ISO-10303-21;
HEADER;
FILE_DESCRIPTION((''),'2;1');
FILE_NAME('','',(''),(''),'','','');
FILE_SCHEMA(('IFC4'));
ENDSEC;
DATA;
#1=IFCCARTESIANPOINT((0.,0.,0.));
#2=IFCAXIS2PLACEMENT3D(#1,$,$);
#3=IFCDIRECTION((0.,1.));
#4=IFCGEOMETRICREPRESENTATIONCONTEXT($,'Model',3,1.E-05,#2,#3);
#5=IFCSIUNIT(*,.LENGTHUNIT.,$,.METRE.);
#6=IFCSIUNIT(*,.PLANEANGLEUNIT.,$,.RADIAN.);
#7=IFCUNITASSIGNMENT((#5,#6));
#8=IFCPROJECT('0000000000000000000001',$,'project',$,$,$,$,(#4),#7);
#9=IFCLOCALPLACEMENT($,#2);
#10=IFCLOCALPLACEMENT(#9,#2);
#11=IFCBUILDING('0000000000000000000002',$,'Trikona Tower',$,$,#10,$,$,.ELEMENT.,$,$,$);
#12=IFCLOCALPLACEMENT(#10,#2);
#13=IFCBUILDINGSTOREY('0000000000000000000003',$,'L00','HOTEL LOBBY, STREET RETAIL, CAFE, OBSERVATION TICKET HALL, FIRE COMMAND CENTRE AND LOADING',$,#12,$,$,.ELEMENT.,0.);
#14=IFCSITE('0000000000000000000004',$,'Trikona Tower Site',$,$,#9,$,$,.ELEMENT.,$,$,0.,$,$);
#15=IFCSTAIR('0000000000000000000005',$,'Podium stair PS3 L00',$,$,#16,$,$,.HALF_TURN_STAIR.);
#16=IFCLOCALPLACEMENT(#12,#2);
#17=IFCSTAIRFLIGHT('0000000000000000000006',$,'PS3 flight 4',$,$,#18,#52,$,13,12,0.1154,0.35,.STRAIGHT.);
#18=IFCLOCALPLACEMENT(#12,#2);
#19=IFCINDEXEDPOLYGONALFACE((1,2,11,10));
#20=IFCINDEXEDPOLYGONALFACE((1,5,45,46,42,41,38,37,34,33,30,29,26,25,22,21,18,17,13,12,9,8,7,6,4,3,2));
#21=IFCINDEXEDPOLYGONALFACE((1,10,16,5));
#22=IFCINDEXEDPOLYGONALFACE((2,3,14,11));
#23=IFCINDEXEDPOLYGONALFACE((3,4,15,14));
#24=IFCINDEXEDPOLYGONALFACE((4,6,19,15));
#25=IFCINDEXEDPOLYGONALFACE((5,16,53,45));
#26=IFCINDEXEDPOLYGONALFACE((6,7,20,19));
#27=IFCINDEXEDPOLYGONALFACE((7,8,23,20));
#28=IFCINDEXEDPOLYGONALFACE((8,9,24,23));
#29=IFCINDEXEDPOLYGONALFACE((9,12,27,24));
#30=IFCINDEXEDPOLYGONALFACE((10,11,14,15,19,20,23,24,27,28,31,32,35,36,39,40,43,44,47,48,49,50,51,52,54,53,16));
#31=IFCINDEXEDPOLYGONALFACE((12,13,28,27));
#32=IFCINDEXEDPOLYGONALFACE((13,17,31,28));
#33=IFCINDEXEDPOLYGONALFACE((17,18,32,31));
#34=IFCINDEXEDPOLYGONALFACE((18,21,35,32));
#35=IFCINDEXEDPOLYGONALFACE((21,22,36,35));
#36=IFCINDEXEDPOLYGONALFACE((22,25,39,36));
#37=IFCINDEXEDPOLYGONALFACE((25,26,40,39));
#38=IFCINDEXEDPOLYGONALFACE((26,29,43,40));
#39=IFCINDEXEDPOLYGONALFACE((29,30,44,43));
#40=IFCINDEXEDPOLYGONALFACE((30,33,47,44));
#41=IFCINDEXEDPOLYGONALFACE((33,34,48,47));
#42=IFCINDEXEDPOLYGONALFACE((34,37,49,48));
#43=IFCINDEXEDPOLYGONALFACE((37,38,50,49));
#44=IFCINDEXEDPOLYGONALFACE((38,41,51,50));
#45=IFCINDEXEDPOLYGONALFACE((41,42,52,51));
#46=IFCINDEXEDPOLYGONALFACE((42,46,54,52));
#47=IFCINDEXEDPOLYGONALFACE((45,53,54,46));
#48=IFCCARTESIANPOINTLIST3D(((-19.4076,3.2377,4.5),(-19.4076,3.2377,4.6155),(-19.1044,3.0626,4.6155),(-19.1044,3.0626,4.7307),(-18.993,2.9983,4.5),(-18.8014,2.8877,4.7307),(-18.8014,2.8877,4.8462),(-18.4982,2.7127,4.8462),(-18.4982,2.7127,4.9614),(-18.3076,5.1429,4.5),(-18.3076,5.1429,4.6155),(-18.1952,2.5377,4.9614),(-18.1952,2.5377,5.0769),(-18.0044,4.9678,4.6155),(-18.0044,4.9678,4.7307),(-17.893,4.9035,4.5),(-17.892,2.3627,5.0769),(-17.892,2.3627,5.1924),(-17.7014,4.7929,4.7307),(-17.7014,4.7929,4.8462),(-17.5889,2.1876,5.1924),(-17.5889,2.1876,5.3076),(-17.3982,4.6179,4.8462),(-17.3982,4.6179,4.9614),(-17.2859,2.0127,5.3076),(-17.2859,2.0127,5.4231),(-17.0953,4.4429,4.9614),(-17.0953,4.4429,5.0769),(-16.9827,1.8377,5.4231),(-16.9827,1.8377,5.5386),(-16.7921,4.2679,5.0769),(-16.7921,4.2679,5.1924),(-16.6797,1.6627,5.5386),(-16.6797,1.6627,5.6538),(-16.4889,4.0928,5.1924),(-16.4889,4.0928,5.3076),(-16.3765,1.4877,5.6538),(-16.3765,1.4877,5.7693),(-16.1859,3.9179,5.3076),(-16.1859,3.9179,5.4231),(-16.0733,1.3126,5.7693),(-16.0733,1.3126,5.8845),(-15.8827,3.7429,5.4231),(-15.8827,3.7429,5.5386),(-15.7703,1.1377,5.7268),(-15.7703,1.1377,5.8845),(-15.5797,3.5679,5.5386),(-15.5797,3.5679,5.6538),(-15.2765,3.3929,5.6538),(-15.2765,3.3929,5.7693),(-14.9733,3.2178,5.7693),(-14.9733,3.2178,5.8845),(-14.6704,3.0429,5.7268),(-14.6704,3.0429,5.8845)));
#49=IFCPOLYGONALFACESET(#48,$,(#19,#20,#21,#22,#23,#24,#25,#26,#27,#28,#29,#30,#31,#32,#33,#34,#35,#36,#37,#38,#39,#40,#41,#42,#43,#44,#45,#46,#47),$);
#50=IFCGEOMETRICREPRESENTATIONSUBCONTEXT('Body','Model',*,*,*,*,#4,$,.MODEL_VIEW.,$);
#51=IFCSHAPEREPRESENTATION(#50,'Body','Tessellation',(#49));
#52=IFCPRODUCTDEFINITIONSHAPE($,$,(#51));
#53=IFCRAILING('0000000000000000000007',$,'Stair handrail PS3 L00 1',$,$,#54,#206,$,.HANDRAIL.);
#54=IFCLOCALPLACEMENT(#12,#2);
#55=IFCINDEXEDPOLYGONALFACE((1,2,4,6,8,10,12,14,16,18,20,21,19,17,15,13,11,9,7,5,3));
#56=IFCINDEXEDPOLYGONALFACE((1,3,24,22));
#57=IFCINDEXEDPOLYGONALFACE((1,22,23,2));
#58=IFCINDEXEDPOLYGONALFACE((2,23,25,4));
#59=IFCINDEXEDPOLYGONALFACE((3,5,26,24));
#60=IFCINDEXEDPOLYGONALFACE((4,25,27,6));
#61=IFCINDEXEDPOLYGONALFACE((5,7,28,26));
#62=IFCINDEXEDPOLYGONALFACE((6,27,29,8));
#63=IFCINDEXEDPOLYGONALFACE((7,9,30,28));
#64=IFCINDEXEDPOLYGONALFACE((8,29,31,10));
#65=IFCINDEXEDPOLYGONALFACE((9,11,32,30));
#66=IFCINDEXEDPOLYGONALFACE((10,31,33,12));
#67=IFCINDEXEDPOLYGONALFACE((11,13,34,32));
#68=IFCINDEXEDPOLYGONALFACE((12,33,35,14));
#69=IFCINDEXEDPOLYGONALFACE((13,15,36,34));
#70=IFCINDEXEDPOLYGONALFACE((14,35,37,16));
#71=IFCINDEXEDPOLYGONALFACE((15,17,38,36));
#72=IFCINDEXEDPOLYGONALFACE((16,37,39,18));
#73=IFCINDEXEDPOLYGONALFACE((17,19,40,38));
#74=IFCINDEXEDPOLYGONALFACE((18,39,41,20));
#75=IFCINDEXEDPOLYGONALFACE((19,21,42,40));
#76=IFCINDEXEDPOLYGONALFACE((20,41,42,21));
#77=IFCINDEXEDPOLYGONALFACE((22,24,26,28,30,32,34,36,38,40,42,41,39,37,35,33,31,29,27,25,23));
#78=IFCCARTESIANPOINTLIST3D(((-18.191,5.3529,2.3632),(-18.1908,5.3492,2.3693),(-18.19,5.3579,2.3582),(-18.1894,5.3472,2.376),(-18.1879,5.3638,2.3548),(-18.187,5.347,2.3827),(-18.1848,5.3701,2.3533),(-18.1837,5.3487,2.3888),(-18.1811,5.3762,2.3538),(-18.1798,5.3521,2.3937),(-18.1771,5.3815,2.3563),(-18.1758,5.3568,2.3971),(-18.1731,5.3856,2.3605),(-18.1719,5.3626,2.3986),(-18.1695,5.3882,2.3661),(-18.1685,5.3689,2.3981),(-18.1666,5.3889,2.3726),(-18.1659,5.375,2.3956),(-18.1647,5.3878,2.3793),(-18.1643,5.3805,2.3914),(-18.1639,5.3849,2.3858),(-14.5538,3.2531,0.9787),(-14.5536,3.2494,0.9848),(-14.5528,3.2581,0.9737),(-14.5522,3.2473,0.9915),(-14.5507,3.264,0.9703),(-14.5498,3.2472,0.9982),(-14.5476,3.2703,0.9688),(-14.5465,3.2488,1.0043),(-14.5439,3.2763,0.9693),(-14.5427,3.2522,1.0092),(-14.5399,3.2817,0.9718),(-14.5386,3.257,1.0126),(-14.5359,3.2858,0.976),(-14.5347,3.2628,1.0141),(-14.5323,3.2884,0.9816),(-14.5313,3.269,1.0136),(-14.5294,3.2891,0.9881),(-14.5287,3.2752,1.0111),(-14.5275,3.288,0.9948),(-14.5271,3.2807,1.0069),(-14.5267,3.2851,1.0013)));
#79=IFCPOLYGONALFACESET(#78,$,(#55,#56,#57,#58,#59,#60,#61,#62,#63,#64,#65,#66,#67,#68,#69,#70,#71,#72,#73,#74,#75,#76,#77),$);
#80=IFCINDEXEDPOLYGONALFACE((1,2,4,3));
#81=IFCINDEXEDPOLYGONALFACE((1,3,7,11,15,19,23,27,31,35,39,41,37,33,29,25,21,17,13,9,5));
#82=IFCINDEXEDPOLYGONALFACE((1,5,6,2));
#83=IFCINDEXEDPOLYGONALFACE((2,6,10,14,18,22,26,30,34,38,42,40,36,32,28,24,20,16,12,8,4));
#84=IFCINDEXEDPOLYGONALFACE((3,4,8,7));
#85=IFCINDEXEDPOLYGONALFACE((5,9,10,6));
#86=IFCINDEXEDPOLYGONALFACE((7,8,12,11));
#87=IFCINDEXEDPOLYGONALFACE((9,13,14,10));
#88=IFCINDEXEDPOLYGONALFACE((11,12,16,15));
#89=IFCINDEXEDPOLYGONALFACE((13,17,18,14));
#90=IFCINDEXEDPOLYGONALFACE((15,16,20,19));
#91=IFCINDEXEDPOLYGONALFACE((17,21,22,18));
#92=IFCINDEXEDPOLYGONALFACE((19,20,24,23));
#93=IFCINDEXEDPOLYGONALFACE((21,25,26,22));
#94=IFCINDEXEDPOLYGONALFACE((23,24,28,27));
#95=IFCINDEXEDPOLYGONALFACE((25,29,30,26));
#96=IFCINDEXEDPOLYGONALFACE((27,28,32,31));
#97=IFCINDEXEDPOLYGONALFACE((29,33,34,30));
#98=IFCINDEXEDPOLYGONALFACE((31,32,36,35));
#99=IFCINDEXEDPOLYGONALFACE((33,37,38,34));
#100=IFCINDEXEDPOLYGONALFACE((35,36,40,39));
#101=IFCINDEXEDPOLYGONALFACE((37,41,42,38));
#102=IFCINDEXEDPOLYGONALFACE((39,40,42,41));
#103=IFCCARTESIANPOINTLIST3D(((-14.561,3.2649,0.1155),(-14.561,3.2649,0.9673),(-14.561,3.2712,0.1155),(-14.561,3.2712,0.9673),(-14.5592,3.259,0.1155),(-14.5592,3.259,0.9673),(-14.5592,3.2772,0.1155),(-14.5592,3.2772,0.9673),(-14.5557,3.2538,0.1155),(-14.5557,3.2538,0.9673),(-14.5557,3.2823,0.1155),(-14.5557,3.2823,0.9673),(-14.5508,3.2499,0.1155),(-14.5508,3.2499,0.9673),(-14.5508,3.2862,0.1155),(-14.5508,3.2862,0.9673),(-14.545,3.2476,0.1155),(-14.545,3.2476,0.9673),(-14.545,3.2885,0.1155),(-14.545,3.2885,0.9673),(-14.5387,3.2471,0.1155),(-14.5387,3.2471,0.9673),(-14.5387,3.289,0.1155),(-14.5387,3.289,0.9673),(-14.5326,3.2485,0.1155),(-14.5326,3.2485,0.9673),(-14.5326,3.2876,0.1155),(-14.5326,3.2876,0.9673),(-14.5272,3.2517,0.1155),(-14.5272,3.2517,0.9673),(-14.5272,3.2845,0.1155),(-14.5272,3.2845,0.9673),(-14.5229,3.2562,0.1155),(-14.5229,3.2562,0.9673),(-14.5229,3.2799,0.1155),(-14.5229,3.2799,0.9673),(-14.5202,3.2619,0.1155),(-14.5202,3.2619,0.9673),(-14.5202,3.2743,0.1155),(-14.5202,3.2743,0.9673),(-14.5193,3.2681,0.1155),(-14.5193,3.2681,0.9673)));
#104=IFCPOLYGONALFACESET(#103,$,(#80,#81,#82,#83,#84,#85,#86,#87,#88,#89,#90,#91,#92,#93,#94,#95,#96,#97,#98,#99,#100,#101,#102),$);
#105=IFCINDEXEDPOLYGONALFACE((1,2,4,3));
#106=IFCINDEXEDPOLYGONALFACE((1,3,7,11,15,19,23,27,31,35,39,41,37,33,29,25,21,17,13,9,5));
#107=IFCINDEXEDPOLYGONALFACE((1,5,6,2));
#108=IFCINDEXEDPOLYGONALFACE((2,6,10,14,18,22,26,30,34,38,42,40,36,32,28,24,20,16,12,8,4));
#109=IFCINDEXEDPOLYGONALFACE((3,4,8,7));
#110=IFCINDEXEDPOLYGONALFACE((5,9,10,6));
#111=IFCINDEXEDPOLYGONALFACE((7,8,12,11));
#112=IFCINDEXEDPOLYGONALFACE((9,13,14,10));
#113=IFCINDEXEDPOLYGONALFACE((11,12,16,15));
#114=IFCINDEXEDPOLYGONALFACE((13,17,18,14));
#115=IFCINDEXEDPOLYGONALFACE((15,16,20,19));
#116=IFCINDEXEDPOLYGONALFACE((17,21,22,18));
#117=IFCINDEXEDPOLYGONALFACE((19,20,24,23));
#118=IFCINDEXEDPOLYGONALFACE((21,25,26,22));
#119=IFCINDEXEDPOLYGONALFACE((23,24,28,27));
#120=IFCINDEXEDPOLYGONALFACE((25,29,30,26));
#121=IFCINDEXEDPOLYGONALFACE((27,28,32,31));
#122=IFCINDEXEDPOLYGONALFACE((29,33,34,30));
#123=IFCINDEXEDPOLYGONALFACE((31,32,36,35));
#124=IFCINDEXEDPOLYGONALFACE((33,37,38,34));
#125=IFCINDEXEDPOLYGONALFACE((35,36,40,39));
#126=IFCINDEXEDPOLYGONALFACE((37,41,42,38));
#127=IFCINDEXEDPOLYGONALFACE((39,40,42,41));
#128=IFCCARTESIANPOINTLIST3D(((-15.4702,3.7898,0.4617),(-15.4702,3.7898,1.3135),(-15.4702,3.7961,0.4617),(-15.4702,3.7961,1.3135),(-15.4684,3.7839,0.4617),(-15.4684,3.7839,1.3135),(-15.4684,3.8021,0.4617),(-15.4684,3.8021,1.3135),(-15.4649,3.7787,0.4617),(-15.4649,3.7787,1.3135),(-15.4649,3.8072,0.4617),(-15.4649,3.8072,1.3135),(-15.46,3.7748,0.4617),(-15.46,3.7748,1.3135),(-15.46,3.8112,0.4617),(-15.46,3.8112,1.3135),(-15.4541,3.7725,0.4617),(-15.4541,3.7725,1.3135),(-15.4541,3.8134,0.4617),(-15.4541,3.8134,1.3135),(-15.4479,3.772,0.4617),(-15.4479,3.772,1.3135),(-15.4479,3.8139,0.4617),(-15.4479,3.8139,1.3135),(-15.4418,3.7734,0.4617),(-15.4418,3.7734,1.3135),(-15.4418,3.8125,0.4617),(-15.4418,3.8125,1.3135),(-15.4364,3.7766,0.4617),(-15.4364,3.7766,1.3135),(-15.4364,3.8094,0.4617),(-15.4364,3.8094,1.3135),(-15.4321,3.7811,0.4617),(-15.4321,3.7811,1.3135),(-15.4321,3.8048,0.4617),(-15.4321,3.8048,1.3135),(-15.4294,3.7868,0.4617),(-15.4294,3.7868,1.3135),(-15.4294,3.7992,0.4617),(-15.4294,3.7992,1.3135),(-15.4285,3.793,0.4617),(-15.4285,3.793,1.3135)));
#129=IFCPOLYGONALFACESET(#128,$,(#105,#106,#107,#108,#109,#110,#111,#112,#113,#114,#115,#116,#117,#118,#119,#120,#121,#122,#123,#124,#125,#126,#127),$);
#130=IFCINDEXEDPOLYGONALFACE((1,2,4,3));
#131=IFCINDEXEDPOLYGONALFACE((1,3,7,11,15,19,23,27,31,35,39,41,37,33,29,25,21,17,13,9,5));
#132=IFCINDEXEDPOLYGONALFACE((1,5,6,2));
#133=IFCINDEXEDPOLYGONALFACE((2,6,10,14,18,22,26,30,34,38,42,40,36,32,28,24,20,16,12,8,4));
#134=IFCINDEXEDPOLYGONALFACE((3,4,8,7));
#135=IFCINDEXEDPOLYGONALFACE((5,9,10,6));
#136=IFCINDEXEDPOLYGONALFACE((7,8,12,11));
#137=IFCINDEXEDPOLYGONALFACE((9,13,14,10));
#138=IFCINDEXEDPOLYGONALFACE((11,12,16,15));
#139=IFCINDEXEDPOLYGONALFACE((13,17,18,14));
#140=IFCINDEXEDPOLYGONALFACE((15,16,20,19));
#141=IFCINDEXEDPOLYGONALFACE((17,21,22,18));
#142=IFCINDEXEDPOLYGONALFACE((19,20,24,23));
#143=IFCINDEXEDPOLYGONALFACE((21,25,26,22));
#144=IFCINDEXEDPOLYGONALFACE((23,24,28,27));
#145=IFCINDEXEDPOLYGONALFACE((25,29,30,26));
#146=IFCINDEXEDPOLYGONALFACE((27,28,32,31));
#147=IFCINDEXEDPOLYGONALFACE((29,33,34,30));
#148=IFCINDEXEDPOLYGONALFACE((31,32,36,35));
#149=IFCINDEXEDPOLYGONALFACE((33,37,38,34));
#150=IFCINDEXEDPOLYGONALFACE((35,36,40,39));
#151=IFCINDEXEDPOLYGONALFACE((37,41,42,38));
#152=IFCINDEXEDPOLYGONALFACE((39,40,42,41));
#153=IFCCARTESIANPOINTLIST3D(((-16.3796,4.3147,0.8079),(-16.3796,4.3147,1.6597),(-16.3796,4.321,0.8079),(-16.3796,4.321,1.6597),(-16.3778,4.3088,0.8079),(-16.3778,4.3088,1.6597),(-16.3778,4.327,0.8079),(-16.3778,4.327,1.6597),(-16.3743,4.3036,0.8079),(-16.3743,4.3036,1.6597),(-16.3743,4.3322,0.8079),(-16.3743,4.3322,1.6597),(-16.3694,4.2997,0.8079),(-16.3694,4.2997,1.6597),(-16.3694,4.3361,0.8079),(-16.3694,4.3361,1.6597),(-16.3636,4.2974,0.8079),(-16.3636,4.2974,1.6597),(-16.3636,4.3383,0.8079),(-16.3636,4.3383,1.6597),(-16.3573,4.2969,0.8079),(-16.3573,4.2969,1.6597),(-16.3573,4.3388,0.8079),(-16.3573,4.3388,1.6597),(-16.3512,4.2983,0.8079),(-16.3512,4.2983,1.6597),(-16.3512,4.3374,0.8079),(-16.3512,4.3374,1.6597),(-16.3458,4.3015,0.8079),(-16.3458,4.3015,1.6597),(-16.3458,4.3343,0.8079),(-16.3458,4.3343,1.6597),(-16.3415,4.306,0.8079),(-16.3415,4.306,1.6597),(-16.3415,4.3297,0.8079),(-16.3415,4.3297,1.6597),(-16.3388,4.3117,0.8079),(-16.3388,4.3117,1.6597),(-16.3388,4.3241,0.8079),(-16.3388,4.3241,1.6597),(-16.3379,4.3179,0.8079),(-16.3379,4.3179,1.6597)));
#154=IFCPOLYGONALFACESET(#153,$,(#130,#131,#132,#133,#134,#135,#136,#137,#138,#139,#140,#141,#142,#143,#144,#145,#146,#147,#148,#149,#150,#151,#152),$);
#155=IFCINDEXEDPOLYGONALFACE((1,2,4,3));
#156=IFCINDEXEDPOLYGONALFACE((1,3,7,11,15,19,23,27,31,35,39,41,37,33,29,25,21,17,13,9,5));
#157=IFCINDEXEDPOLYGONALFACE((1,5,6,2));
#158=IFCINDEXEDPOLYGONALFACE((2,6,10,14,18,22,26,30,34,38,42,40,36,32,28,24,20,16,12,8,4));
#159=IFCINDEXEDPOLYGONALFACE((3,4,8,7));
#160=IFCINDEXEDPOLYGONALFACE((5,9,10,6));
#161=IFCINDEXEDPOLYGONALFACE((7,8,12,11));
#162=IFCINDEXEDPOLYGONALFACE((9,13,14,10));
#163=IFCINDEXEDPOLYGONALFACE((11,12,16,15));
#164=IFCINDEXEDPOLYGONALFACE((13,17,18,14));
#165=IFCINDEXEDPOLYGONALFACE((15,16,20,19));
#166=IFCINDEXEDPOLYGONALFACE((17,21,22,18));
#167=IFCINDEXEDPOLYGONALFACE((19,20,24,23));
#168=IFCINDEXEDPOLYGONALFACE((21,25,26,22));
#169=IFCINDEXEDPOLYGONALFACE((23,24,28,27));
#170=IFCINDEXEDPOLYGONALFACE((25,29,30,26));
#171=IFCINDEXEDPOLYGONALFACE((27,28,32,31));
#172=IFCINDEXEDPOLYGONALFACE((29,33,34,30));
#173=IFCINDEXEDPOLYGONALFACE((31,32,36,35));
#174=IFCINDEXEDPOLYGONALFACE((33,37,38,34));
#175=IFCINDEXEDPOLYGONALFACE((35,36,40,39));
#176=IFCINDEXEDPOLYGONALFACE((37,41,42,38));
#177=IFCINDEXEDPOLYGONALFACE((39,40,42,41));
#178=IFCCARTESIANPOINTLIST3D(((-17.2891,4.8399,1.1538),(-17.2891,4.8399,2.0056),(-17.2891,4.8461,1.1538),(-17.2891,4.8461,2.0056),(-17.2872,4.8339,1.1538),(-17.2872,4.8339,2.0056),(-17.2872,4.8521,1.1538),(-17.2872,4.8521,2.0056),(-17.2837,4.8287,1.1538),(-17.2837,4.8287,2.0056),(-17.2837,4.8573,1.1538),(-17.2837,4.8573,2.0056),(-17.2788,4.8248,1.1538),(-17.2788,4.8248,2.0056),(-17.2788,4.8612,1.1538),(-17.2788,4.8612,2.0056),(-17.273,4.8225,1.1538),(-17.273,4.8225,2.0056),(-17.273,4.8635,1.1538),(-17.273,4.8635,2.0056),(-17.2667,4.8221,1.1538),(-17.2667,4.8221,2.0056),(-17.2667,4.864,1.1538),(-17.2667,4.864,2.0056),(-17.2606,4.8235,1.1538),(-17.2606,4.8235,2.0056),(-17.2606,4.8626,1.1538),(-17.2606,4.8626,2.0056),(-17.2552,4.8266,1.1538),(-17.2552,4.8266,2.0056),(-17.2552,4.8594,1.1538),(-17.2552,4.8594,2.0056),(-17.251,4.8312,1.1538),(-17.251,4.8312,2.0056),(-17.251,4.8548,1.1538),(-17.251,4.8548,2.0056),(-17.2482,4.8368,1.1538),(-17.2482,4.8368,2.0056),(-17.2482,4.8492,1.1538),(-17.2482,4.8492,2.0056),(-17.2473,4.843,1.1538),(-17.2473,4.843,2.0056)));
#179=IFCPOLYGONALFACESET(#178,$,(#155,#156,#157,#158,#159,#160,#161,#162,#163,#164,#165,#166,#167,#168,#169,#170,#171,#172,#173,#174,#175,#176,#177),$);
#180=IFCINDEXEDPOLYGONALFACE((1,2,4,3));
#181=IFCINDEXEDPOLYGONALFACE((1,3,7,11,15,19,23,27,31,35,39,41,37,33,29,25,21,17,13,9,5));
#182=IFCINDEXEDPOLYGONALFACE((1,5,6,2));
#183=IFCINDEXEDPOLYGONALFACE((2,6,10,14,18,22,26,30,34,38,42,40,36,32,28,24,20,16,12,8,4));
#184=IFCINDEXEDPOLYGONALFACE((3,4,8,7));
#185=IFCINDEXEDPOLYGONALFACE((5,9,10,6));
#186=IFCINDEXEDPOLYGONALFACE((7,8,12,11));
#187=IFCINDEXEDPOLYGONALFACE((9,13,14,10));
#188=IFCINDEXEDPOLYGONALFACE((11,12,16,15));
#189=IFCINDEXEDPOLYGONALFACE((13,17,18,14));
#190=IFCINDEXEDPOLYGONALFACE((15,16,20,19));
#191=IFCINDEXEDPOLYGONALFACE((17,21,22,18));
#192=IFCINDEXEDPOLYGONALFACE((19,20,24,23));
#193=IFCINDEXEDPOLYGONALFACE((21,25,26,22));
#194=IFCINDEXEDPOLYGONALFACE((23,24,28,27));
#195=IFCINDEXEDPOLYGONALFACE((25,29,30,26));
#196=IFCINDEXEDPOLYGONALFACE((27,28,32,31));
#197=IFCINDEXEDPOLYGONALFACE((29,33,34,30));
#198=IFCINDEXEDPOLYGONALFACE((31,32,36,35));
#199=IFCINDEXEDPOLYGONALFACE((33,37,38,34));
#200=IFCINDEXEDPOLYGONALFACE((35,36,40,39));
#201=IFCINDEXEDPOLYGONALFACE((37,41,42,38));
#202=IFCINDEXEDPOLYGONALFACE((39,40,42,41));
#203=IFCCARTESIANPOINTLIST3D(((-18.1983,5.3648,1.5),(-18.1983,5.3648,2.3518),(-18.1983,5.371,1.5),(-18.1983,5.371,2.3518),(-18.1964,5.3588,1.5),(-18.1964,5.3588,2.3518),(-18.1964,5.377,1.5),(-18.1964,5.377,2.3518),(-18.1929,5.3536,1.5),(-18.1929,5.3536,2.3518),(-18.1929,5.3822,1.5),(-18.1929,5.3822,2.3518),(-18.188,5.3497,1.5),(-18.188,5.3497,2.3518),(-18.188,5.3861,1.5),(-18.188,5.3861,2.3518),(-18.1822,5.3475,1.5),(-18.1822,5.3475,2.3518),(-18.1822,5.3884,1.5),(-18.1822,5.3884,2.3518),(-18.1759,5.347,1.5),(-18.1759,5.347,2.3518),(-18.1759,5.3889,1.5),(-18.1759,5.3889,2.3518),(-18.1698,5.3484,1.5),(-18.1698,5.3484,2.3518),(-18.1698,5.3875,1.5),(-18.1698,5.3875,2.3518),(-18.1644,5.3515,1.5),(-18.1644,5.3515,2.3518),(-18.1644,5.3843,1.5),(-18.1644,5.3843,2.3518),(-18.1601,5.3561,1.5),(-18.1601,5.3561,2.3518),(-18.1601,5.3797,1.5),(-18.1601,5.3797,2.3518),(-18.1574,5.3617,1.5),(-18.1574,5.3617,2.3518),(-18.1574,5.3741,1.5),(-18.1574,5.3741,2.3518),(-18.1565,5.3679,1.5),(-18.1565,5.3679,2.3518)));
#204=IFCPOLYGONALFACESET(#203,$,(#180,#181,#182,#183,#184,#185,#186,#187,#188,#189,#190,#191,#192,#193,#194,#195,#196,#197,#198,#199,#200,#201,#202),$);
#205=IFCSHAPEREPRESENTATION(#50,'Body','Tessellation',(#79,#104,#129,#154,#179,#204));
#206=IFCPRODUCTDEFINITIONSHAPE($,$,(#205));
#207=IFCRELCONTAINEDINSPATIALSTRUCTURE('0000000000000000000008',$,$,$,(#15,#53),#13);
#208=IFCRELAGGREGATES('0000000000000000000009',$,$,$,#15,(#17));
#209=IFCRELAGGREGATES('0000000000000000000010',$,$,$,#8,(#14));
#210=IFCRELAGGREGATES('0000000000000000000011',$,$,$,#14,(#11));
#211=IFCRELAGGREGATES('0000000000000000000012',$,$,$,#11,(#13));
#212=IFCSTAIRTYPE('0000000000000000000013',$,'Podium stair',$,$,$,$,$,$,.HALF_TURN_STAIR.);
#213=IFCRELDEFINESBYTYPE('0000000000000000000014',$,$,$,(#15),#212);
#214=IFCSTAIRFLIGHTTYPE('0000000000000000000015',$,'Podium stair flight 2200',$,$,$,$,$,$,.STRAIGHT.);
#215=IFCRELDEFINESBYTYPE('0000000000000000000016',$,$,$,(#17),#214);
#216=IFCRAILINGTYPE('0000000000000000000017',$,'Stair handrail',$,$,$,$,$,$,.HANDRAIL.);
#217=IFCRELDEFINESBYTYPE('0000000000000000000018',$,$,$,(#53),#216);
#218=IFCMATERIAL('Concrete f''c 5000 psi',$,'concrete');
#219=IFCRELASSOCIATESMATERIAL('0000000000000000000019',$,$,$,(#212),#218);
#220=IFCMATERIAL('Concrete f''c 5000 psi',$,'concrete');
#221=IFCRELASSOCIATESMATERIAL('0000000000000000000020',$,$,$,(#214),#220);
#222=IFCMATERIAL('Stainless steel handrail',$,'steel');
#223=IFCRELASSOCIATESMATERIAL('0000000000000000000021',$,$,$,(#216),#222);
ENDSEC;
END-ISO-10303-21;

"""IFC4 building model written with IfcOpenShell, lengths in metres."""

from ifc_helpers import new_model, si_unit, direction, frame, origin, origin_2d, place, context, subcontext, project, spatial, polyline, circle, outline, extrude, material, type_object, element, aggregate, save


model = new_model("IFC4")

# Units and contexts
model_context = context("Model", 3, precision=1e-05, world=origin(), true_north=direction((0.0, 1.0)))
body_context = subcontext(model_context, "Body", "Model", "MODEL_VIEW")
ifc_project = project(units=[si_unit("LENGTHUNIT", "METRE"), si_unit("PLANEANGLEUNIT", "RADIAN")], contexts=[model_context])

# Site, building, storey
site_placement = place(None, origin())
site = spatial("IfcSite", under=ifc_project, at=site_placement, Name="Trikona Tower Site", CompositionType="ELEMENT", RefElevation=0.0)
building_placement = place(site_placement, origin())
building = spatial("IfcBuilding", under=site, at=building_placement, Name="Trikona Tower", CompositionType="ELEMENT")
storey_placement = place(building_placement, origin())
storey = spatial("IfcBuildingStorey", under=building, at=storey_placement, Name="L00", Description="HOTEL LOBBY, STREET RETAIL, CAFE, OBSERVATION TICKET HALL, FIRE COMMAND CENTRE AND LOADING", CompositionType="ELEMENT", Elevation=0.0)

# Stair, stair flight
ifc_material_1 = material(Name="Concrete f'c 5000 psi", Category="concrete")
stair_type = type_object("IfcStairType", Name="Podium stair", PredefinedType="HALF_TURN_STAIR", material=ifc_material_1)
stair_placement = place(storey_placement, origin())
stair = element("IfcStair", 1, at=stair_placement, inside=storey, type_object=stair_type, Name="Podium stair PS3 L00", PredefinedType="HALF_TURN_STAIR")
ifc_material_2 = material(Name="Concrete f'c 5000 psi", Category="concrete")
stair_flight_type = type_object("IfcStairFlightType", Name="Podium stair flight 2200", PredefinedType="STRAIGHT", material=ifc_material_2)
stair_flight_1_placement = place(storey_placement, frame((-18.8577, 4.1902, 4.5), z_axis=(0.0, 0.0, 1.0), x_axis=(0.866025, -0.5, 0.0)))
stair_flight_1 = element("IfcStairFlight", 2, at=stair_flight_1_placement, type_object=stair_flight_type, Name="PS3 flight 4", NumberOfRisers=13, NumberOfTreads=12, PredefinedType="STRAIGHT", RiserHeight=0.1154, TreadLength=0.35, context=body_context, shape_type="SweptSolid", body=[
    extrude(outline(polyline([(0.0, 0.0), (0.0, 0.1155), (0.3501, 0.1155), (0.3501, 0.2307), (0.7, 0.2307), (0.7, 0.3462), (1.05, 0.3462), (1.05, 0.4614), (1.3999, 0.4614), (1.3999, 0.5769), (1.75, 0.5769), (1.75, 0.6924), (2.1001, 0.6924), (2.1001, 0.8076), (2.45, 0.8076), (2.45, 0.9231), (2.8, 0.9231), (2.8, 1.0386), (3.1499, 1.0386), (3.1499, 1.1538), (3.5, 1.1538), (3.5, 1.2693), (3.8501, 1.2693), (3.8501, 1.3845), (4.2, 1.3845), (4.2, 1.5), (4.2, 1.2268), (0.4788, 0.0), (0.0, 0.0)])), frame((0.0, 1.1001, 0.0), z_axis=(0.0, -1.0, 0.0), x_axis=(1.0, 0.0, 0.0)), (0.0, 0.0, 1.0), 2.2),
])
aggregate(stair, [stair_flight_1])

# Railing
ifc_material_3 = material(Name="Stainless steel handrail", Category="steel")
railing_type = type_object("IfcRailingType", Name="Stair handrail", PredefinedType="HANDRAIL", material=ifc_material_3)
railing_1_placement = place(storey_placement, frame((-14.5403, 3.2681, 0.1155)))
element("IfcRailing", 3, at=railing_1_placement, inside=storey, type_object=railing_type, Name="Stair handrail PS3 L00 1", PredefinedType="HANDRAIL", context=body_context, shape_type="SweptSolid", body=[
    extrude(circle(Radius=0.0239, at=origin_2d()), frame((0.0, 0.0, 0.876), z_axis=(-0.822494, 0.474847, 0.313087), x_axis=(-0.499984, -0.866035, 0.0)), (0.0, 0.0, 1.0), 4.4221),
    extrude(circle(Radius=0.021, at=origin_2d()), origin(), (0.0, 0.0, 1.0), 0.8518),
    extrude(circle(Radius=0.021, at=origin_2d()), frame((-0.9092, 0.5249, 0.3462)), (0.0, 0.0, 1.0), 0.8518),
    extrude(circle(Radius=0.021, at=origin_2d()), frame((-1.8186, 1.0498, 0.6924)), (0.0, 0.0, 1.0), 0.8518),
    extrude(circle(Radius=0.021, at=origin_2d()), frame((-2.728, 1.575, 1.0383)), (0.0, 0.0, 1.0), 0.8518),
    extrude(circle(Radius=0.021, at=origin_2d()), frame((-3.6372, 2.0999, 1.3845)), (0.0, 0.0, 1.0), 0.8518),
])

save(model, "model.ifc")
